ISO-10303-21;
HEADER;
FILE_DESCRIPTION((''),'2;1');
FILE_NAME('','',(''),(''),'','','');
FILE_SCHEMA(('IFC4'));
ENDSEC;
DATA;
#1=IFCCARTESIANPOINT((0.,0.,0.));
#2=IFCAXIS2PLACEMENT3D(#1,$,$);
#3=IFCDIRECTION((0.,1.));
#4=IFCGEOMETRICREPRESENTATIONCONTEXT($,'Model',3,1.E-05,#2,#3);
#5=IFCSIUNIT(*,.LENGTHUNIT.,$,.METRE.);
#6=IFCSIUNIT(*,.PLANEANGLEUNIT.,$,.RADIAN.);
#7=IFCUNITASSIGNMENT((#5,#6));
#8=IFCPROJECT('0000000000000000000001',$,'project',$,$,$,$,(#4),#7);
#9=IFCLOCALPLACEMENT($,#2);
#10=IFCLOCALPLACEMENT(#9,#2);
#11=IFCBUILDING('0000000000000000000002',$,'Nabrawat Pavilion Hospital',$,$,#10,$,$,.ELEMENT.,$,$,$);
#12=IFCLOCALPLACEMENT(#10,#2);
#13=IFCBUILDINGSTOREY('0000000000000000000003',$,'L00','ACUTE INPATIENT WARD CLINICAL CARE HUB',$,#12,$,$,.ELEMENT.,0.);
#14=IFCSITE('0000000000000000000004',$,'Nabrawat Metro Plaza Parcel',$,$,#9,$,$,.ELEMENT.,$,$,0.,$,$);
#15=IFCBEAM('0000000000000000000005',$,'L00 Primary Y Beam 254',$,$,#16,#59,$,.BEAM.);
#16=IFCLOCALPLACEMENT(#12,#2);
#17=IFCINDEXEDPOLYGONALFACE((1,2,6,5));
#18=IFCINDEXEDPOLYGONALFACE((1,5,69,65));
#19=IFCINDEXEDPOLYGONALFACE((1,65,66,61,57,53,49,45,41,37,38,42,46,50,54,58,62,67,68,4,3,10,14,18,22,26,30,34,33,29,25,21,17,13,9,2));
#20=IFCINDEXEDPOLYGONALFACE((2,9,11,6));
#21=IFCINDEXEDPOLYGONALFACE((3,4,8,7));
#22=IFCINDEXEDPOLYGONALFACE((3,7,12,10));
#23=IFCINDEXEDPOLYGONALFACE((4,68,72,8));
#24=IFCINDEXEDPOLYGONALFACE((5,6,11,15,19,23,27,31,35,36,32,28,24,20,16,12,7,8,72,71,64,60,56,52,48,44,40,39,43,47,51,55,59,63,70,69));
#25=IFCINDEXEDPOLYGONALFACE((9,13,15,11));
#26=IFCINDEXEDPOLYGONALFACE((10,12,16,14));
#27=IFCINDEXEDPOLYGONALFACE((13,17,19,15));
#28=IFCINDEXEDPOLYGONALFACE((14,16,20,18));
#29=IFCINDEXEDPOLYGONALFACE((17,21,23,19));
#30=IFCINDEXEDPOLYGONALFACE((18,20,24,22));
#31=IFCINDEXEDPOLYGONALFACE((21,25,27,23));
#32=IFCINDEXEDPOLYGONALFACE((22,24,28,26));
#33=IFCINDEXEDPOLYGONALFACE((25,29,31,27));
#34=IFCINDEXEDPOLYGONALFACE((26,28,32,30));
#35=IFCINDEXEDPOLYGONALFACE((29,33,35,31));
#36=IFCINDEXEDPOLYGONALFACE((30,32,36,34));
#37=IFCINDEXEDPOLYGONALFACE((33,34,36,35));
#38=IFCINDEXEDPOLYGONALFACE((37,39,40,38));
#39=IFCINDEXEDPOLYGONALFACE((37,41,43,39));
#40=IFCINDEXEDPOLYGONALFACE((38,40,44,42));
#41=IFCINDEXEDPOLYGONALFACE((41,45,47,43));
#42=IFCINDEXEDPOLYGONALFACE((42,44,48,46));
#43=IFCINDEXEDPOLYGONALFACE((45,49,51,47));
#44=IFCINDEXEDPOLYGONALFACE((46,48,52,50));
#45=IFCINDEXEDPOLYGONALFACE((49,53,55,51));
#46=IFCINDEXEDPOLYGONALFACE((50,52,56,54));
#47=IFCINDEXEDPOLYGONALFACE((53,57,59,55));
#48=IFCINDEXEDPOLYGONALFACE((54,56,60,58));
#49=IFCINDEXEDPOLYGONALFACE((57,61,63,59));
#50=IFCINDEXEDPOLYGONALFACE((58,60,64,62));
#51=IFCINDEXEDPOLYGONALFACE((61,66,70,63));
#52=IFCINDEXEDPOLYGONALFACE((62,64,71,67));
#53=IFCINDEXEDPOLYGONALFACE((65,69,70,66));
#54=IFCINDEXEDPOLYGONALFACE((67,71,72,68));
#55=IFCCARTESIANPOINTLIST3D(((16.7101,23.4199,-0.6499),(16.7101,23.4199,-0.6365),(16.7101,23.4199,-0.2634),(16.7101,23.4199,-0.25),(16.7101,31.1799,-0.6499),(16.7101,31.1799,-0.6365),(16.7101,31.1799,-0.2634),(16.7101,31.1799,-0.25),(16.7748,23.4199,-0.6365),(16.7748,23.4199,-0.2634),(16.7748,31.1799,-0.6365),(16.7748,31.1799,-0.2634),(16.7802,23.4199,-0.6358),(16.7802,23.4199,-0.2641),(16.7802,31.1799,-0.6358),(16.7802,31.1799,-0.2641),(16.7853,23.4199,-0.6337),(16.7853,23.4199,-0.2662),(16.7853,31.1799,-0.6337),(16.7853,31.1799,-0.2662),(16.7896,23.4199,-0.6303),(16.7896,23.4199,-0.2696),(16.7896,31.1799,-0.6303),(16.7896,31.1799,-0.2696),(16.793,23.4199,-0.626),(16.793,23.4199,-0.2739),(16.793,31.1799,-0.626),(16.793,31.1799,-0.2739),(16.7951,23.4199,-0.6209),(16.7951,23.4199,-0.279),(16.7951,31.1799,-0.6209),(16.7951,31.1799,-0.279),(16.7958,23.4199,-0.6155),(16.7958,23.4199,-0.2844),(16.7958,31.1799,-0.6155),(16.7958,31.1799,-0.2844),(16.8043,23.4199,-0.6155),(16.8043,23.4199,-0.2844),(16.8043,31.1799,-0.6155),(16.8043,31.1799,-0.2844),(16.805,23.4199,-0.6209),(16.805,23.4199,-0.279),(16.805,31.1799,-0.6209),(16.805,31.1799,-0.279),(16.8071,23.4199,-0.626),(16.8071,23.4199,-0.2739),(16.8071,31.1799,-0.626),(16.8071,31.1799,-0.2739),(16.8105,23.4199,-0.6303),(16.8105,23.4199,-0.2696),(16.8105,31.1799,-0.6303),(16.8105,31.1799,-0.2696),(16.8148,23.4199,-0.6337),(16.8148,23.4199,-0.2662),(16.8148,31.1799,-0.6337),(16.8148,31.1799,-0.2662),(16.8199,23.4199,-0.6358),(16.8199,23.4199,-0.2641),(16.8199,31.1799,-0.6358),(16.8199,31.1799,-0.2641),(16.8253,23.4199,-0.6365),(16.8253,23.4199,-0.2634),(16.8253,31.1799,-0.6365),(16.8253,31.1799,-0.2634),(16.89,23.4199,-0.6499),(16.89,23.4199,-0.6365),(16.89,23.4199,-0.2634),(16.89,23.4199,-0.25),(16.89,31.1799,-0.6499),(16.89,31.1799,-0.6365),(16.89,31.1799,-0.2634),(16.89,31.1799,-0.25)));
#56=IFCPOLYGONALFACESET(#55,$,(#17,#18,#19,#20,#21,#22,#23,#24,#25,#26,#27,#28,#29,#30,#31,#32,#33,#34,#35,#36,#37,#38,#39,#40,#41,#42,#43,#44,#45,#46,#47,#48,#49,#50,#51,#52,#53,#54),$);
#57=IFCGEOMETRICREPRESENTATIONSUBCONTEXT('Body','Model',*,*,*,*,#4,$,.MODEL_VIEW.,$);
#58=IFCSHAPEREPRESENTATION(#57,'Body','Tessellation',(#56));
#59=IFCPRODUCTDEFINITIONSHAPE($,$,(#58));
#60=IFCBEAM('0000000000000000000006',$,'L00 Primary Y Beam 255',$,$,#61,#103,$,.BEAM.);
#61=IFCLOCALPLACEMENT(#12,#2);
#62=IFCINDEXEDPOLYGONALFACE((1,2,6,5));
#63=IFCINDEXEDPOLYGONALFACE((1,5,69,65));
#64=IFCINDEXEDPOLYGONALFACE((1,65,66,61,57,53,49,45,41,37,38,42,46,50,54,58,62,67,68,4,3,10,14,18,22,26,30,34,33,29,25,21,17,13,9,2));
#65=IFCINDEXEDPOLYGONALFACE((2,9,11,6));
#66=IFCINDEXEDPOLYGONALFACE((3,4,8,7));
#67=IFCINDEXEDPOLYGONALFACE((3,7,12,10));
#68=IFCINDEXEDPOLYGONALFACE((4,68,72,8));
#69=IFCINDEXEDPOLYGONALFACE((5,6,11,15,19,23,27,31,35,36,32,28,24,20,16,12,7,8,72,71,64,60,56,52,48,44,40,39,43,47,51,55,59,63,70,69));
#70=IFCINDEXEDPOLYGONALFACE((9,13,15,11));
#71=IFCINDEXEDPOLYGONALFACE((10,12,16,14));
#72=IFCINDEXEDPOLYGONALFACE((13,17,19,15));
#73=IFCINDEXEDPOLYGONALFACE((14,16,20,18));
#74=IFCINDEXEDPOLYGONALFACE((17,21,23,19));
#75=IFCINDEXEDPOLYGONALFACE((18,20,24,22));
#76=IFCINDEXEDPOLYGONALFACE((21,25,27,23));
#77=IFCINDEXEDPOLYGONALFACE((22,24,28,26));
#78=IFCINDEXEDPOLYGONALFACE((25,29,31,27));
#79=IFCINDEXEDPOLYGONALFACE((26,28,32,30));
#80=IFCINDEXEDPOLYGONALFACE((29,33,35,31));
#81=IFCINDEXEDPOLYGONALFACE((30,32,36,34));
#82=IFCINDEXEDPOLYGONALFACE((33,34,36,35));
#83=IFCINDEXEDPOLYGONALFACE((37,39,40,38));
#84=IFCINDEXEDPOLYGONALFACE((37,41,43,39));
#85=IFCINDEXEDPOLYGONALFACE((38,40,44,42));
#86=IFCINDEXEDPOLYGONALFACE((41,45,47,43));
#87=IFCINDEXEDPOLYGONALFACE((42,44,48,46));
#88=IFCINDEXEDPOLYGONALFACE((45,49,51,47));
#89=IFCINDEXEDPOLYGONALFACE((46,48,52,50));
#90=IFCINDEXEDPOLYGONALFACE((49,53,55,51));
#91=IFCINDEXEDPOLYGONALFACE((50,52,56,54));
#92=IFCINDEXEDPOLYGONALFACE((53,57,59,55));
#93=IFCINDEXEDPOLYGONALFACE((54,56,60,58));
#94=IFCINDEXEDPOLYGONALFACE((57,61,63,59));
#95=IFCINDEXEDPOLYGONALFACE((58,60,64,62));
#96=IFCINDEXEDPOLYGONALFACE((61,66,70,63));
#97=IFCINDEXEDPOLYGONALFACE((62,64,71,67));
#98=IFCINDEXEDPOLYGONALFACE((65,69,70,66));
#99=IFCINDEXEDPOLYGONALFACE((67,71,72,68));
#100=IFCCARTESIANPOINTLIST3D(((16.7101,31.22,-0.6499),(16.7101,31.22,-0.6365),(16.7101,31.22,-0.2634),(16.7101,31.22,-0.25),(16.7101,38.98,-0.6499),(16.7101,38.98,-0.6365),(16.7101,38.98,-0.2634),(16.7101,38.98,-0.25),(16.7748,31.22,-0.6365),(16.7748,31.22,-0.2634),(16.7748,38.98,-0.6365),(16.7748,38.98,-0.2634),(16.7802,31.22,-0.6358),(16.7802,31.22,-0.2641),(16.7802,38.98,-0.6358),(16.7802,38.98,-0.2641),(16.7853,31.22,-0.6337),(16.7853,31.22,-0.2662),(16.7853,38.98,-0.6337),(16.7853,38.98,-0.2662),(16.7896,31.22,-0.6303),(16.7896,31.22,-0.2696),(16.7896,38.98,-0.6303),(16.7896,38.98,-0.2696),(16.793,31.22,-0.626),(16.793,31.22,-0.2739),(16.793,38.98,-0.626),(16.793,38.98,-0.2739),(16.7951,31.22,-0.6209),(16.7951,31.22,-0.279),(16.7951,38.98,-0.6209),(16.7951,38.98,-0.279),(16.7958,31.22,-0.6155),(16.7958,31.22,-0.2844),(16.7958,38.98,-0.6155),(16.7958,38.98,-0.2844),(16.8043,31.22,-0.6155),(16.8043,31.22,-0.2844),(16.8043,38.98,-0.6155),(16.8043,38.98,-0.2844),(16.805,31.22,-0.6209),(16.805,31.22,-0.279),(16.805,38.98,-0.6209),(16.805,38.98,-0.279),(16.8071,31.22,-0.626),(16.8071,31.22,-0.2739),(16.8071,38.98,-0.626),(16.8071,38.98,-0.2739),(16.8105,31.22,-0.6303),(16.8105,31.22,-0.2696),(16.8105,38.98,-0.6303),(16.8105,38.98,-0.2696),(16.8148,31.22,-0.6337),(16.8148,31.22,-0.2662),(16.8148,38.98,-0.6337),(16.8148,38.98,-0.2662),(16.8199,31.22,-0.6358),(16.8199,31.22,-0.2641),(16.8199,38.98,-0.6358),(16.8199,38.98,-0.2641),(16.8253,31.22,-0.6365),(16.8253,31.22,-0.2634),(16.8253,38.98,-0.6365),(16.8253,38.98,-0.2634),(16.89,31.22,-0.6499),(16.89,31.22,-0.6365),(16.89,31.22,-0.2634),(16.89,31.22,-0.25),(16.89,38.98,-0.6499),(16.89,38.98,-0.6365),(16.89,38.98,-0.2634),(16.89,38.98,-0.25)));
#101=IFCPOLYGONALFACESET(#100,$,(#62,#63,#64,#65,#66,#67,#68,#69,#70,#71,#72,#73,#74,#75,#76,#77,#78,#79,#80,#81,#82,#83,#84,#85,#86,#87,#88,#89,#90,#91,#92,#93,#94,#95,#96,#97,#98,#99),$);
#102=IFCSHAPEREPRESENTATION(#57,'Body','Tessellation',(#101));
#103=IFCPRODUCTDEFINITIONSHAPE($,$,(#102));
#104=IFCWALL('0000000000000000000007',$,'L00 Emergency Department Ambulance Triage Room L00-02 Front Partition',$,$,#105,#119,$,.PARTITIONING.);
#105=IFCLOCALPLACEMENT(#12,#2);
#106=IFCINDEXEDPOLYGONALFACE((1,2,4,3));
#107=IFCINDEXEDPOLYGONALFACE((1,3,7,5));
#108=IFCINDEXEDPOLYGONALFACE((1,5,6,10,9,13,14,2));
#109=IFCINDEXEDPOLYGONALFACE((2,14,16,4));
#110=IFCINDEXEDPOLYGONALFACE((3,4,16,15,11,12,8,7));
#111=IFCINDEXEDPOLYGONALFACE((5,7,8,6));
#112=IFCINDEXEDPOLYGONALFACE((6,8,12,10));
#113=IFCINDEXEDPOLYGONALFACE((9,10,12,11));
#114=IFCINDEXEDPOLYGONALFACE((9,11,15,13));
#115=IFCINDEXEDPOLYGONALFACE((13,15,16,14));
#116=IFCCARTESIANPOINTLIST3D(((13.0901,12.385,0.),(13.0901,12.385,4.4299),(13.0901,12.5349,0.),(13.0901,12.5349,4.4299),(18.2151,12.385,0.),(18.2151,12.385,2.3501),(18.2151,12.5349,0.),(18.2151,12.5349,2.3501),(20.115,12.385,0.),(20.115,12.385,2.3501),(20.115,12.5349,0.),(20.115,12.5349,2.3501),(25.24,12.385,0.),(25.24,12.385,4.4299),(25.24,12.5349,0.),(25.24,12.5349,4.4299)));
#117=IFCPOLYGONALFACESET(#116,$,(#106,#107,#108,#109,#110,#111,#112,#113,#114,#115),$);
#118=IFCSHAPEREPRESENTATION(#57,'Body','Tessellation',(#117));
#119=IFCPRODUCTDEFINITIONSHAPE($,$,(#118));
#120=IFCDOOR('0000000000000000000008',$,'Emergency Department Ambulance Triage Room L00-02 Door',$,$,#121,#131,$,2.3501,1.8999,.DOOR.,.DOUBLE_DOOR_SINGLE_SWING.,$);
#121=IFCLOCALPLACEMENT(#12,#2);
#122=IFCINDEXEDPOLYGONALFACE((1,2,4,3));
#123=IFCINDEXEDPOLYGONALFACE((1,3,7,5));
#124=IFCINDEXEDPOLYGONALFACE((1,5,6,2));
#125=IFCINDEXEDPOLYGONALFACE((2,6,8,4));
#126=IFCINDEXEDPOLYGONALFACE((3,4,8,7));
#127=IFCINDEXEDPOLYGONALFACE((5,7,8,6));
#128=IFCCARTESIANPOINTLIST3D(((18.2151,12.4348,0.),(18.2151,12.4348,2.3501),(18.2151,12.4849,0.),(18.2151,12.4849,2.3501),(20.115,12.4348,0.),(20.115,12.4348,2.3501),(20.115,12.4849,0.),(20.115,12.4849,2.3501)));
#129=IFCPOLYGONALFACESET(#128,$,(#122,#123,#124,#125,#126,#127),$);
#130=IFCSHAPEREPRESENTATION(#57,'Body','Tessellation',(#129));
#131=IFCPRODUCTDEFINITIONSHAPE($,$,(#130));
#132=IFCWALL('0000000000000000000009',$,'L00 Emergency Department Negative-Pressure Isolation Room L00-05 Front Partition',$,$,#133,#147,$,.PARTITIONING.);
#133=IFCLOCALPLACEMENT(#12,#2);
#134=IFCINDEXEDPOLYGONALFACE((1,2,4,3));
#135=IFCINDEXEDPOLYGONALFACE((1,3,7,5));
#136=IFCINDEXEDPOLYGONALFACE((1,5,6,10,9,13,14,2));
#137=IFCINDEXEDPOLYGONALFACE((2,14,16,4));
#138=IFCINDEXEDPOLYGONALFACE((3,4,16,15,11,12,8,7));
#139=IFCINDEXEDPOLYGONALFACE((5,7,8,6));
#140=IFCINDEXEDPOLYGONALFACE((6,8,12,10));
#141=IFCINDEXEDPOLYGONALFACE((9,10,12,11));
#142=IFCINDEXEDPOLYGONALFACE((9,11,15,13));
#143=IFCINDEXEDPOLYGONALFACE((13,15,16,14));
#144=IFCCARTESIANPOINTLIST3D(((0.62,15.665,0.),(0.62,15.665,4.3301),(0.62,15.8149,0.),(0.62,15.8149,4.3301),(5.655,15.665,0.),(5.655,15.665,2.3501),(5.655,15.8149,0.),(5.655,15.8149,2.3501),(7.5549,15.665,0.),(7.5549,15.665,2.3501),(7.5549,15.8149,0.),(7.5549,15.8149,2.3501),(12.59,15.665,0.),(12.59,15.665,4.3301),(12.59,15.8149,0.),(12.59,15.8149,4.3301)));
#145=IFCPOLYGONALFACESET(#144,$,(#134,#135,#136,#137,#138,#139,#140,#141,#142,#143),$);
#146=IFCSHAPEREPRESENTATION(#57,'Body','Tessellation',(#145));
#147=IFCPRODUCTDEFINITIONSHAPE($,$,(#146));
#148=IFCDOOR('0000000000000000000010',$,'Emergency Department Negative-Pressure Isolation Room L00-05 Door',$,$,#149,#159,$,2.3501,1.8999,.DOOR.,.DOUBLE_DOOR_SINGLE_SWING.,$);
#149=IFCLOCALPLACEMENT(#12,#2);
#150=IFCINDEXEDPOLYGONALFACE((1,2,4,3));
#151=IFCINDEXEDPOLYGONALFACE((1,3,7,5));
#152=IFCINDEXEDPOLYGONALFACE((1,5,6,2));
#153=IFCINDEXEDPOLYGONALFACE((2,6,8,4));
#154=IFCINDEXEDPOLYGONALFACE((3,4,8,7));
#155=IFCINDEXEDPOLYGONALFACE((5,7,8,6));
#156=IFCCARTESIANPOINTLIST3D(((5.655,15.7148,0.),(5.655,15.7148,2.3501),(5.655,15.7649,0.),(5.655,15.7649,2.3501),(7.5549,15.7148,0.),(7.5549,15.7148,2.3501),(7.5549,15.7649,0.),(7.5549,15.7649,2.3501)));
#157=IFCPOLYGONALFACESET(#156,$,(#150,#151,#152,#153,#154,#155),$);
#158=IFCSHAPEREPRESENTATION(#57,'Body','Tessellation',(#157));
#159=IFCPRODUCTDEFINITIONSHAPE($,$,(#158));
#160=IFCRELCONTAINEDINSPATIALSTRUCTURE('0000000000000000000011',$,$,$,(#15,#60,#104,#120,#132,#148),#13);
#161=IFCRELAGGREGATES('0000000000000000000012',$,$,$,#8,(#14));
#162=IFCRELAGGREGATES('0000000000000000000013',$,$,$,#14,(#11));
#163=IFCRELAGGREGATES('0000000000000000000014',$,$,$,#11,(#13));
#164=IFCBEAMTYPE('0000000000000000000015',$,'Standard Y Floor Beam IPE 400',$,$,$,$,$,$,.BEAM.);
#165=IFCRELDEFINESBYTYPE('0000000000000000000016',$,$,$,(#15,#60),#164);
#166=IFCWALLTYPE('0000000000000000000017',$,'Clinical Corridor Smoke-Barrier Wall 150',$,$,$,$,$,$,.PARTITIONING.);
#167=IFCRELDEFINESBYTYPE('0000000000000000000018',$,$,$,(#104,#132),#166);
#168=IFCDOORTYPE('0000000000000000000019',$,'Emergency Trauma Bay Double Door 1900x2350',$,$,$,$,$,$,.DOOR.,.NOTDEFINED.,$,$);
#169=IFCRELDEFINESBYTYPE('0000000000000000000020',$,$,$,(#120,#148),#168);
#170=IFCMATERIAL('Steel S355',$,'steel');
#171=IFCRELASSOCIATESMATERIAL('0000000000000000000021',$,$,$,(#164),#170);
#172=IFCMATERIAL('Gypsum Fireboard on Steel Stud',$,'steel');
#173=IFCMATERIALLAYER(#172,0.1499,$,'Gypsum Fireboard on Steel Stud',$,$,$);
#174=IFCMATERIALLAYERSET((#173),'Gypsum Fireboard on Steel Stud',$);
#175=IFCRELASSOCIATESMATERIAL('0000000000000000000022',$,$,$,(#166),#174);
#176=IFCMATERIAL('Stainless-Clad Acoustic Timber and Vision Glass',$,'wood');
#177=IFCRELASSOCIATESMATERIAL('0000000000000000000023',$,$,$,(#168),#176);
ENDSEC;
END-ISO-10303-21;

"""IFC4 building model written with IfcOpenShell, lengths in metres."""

from ifc_helpers import new_model, si_unit, direction, frame, frame_2d, origin, origin_2d, place, context, subcontext, project, spatial, rectangle, i_section, extrude, material, layer, layer_set, material_profile, profile_set, type_object, element, fill, save


model = new_model("IFC4")

# Units and contexts
model_context = context("Model", 3, precision=1e-05, world=origin(), true_north=direction((0.0, 1.0)))
body_context = subcontext(model_context, "Body", "Model", "MODEL_VIEW")
ifc_project = project(units=[si_unit("LENGTHUNIT", "METRE"), si_unit("PLANEANGLEUNIT", "RADIAN")], contexts=[model_context])

# Site, building, storey
site_placement = place(None, origin())
site = spatial("IfcSite", under=ifc_project, at=site_placement, Name="Nabrawat Metro Plaza Parcel", CompositionType="ELEMENT", RefElevation=0.0)
building_placement = place(site_placement, origin())
building = spatial("IfcBuilding", under=site, at=building_placement, Name="Nabrawat Pavilion Hospital", CompositionType="ELEMENT")
storey_placement = place(building_placement, origin())
storey = spatial("IfcBuildingStorey", under=building, at=storey_placement, Name="L00", Description="ACUTE INPATIENT WARD CLINICAL CARE HUB", CompositionType="ELEMENT", Elevation=0.0)

# Shared definitions
ifc_material_1 = material(Name="Steel S355", Category="steel")

# Beams
ifc_material_profile_1 = material_profile(ifc_material_1, i_section(OverallWidth=0.1799, OverallDepth=0.3999, WebThickness=0.0085, FlangeThickness=0.0134, FilletRadius=0.021, at=origin_2d()), Name="IPE 400")
ifc_profile_set_1 = profile_set([ifc_material_profile_1], Name="Steel S355")
beam_type_1 = type_object("IfcBeamType", Name="Standard Y Floor Beam IPE 400", PredefinedType="BEAM", material=ifc_profile_set_1)
for number, where, z_axis, x_axis, name in (
    (1, (16.8, 23.4199, -0.45), (0.0, 1.0, 0.0), (-1.0, 0.0, 0.0), "L00 Primary Y Beam 254"),
    (2, (16.8, 31.22, -0.45), (0.0, 1.0, 0.0), (-1.0, 0.0, 0.0), "L00 Primary Y Beam 255"),
):
    element("IfcBeam", number, at=place(storey_placement, frame(where, z_axis=z_axis, x_axis=x_axis)), inside=storey, type_object=beam_type_1, Name=name, PredefinedType="BEAM", context=body_context, shape_type="SweptSolid", body=[
        extrude(i_section(OverallWidth=0.1799, OverallDepth=0.3999, WebThickness=0.0085, FlangeThickness=0.0134, FilletRadius=0.021, at=origin_2d()), origin(), (0.0, 0.0, 1.0), 7.76),
    ])

# Walls, openings, doors
ifc_material_2 = material(Name="Gypsum Fireboard on Steel Stud", Category="steel")
ifc_layer_1 = layer(ifc_material_2, 0.1499, Name="Gypsum Fireboard on Steel Stud")
ifc_layer_set_1 = layer_set([ifc_layer_1], Name="Gypsum Fireboard on Steel Stud")
wall_type_1 = type_object("IfcWallType", Name="Clinical Corridor Smoke-Barrier Wall 150", PredefinedType="PARTITIONING", material=ifc_layer_set_1)
wall_1_placement = place(storey_placement, frame((13.0901, 12.46, 0.0), z_axis=(0.0, 0.0, 1.0), x_axis=(1.0, 0.0, 0.0)))
wall_1 = element("IfcWall", 3, at=wall_1_placement, inside=storey, type_object=wall_type_1, Name="L00 Emergency Department Ambulance Triage Room L00-02 Front Partition", PredefinedType="PARTITIONING", context=body_context, shape_type="SweptSolid", body=[
    extrude(rectangle(XDim=12.1499, YDim=0.1499, at=frame_2d((6.075, 0.0))), origin(), (0.0, 0.0, 1.0), 4.4299),
])
opening_1_placement = place(wall_1_placement, frame((5.125, 0.0, 0.0)))
opening_1 = element("IfcOpeningElement", 4, at=opening_1_placement, cuts=wall_1, PredefinedType="OPENING", context=body_context, shape_type="SweptSolid", body=[
    extrude(rectangle(XDim=1.8999, YDim=2.3501, at=frame_2d((0.95, 1.175))), frame((0.0, 0.085, 0.0), z_axis=(0.0, -1.0, 0.0), x_axis=(1.0, 0.0, 0.0)), (0.0, 0.0, 1.0), 0.1699),
])
ifc_material_3 = material(Name="Stainless-Clad Acoustic Timber and Vision Glass", Category="wood")
door_type_1 = type_object("IfcDoorType", Name="Emergency Trauma Bay Double Door 1900x2350", OperationType="NOTDEFINED", PredefinedType="DOOR", material=ifc_material_3)
door_1_placement = place(opening_1_placement, origin())
door_1 = element("IfcDoor", 5, at=door_1_placement, inside=storey, type_object=door_type_1, Name="Emergency Department Ambulance Triage Room L00-02 Door", OperationType="DOUBLE_DOOR_SINGLE_SWING", OverallHeight=2.3501, OverallWidth=1.8999, PredefinedType="DOOR", context=body_context, shape_type="SweptSolid", body=[
    extrude(rectangle(XDim=1.8999, YDim=2.3501, at=frame_2d((0.95, 1.175))), frame((0.0, 0.0249, 0.0), z_axis=(0.0, -1.0, 0.0), x_axis=(1.0, 0.0, 0.0)), (0.0, 0.0, 1.0), 0.05),
])
fill(opening_1, door_1)
wall_2_placement = place(storey_placement, frame((0.6201, 15.74, 0.0), z_axis=(0.0, 0.0, 1.0), x_axis=(1.0, 0.0, 0.0)))
wall_2 = element("IfcWall", 6, at=wall_2_placement, inside=storey, type_object=wall_type_1, Name="L00 Emergency Department Negative-Pressure Isolation Room L00-05 Front Partition", PredefinedType="PARTITIONING", context=body_context, shape_type="SweptSolid", body=[
    extrude(rectangle(XDim=11.97, YDim=0.1499, at=frame_2d((5.9849, 0.0))), origin(), (0.0, 0.0, 1.0), 4.3301),
])
opening_2_placement = place(wall_2_placement, frame((5.0349, 0.0, 0.0)))
opening_2 = element("IfcOpeningElement", 7, at=opening_2_placement, cuts=wall_2, PredefinedType="OPENING", context=body_context, shape_type="SweptSolid", body=[
    extrude(rectangle(XDim=1.8999, YDim=2.3501, at=frame_2d((0.95, 1.175))), frame((0.0, 0.085, 0.0), z_axis=(0.0, -1.0, 0.0), x_axis=(1.0, 0.0, 0.0)), (0.0, 0.0, 1.0), 0.1699),
])
door_2_placement = place(opening_2_placement, origin())
door_2 = element("IfcDoor", 8, at=door_2_placement, inside=storey, type_object=door_type_1, Name="Emergency Department Negative-Pressure Isolation Room L00-05 Door", OperationType="DOUBLE_DOOR_SINGLE_SWING", OverallHeight=2.3501, OverallWidth=1.8999, PredefinedType="DOOR", context=body_context, shape_type="SweptSolid", body=[
    extrude(rectangle(XDim=1.8999, YDim=2.3501, at=frame_2d((0.95, 1.175))), frame((0.0, 0.0249, 0.0), z_axis=(0.0, -1.0, 0.0), x_axis=(1.0, 0.0, 0.0)), (0.0, 0.0, 1.0), 0.05),
])
fill(opening_2, door_2)

save(model, "model.ifc")
